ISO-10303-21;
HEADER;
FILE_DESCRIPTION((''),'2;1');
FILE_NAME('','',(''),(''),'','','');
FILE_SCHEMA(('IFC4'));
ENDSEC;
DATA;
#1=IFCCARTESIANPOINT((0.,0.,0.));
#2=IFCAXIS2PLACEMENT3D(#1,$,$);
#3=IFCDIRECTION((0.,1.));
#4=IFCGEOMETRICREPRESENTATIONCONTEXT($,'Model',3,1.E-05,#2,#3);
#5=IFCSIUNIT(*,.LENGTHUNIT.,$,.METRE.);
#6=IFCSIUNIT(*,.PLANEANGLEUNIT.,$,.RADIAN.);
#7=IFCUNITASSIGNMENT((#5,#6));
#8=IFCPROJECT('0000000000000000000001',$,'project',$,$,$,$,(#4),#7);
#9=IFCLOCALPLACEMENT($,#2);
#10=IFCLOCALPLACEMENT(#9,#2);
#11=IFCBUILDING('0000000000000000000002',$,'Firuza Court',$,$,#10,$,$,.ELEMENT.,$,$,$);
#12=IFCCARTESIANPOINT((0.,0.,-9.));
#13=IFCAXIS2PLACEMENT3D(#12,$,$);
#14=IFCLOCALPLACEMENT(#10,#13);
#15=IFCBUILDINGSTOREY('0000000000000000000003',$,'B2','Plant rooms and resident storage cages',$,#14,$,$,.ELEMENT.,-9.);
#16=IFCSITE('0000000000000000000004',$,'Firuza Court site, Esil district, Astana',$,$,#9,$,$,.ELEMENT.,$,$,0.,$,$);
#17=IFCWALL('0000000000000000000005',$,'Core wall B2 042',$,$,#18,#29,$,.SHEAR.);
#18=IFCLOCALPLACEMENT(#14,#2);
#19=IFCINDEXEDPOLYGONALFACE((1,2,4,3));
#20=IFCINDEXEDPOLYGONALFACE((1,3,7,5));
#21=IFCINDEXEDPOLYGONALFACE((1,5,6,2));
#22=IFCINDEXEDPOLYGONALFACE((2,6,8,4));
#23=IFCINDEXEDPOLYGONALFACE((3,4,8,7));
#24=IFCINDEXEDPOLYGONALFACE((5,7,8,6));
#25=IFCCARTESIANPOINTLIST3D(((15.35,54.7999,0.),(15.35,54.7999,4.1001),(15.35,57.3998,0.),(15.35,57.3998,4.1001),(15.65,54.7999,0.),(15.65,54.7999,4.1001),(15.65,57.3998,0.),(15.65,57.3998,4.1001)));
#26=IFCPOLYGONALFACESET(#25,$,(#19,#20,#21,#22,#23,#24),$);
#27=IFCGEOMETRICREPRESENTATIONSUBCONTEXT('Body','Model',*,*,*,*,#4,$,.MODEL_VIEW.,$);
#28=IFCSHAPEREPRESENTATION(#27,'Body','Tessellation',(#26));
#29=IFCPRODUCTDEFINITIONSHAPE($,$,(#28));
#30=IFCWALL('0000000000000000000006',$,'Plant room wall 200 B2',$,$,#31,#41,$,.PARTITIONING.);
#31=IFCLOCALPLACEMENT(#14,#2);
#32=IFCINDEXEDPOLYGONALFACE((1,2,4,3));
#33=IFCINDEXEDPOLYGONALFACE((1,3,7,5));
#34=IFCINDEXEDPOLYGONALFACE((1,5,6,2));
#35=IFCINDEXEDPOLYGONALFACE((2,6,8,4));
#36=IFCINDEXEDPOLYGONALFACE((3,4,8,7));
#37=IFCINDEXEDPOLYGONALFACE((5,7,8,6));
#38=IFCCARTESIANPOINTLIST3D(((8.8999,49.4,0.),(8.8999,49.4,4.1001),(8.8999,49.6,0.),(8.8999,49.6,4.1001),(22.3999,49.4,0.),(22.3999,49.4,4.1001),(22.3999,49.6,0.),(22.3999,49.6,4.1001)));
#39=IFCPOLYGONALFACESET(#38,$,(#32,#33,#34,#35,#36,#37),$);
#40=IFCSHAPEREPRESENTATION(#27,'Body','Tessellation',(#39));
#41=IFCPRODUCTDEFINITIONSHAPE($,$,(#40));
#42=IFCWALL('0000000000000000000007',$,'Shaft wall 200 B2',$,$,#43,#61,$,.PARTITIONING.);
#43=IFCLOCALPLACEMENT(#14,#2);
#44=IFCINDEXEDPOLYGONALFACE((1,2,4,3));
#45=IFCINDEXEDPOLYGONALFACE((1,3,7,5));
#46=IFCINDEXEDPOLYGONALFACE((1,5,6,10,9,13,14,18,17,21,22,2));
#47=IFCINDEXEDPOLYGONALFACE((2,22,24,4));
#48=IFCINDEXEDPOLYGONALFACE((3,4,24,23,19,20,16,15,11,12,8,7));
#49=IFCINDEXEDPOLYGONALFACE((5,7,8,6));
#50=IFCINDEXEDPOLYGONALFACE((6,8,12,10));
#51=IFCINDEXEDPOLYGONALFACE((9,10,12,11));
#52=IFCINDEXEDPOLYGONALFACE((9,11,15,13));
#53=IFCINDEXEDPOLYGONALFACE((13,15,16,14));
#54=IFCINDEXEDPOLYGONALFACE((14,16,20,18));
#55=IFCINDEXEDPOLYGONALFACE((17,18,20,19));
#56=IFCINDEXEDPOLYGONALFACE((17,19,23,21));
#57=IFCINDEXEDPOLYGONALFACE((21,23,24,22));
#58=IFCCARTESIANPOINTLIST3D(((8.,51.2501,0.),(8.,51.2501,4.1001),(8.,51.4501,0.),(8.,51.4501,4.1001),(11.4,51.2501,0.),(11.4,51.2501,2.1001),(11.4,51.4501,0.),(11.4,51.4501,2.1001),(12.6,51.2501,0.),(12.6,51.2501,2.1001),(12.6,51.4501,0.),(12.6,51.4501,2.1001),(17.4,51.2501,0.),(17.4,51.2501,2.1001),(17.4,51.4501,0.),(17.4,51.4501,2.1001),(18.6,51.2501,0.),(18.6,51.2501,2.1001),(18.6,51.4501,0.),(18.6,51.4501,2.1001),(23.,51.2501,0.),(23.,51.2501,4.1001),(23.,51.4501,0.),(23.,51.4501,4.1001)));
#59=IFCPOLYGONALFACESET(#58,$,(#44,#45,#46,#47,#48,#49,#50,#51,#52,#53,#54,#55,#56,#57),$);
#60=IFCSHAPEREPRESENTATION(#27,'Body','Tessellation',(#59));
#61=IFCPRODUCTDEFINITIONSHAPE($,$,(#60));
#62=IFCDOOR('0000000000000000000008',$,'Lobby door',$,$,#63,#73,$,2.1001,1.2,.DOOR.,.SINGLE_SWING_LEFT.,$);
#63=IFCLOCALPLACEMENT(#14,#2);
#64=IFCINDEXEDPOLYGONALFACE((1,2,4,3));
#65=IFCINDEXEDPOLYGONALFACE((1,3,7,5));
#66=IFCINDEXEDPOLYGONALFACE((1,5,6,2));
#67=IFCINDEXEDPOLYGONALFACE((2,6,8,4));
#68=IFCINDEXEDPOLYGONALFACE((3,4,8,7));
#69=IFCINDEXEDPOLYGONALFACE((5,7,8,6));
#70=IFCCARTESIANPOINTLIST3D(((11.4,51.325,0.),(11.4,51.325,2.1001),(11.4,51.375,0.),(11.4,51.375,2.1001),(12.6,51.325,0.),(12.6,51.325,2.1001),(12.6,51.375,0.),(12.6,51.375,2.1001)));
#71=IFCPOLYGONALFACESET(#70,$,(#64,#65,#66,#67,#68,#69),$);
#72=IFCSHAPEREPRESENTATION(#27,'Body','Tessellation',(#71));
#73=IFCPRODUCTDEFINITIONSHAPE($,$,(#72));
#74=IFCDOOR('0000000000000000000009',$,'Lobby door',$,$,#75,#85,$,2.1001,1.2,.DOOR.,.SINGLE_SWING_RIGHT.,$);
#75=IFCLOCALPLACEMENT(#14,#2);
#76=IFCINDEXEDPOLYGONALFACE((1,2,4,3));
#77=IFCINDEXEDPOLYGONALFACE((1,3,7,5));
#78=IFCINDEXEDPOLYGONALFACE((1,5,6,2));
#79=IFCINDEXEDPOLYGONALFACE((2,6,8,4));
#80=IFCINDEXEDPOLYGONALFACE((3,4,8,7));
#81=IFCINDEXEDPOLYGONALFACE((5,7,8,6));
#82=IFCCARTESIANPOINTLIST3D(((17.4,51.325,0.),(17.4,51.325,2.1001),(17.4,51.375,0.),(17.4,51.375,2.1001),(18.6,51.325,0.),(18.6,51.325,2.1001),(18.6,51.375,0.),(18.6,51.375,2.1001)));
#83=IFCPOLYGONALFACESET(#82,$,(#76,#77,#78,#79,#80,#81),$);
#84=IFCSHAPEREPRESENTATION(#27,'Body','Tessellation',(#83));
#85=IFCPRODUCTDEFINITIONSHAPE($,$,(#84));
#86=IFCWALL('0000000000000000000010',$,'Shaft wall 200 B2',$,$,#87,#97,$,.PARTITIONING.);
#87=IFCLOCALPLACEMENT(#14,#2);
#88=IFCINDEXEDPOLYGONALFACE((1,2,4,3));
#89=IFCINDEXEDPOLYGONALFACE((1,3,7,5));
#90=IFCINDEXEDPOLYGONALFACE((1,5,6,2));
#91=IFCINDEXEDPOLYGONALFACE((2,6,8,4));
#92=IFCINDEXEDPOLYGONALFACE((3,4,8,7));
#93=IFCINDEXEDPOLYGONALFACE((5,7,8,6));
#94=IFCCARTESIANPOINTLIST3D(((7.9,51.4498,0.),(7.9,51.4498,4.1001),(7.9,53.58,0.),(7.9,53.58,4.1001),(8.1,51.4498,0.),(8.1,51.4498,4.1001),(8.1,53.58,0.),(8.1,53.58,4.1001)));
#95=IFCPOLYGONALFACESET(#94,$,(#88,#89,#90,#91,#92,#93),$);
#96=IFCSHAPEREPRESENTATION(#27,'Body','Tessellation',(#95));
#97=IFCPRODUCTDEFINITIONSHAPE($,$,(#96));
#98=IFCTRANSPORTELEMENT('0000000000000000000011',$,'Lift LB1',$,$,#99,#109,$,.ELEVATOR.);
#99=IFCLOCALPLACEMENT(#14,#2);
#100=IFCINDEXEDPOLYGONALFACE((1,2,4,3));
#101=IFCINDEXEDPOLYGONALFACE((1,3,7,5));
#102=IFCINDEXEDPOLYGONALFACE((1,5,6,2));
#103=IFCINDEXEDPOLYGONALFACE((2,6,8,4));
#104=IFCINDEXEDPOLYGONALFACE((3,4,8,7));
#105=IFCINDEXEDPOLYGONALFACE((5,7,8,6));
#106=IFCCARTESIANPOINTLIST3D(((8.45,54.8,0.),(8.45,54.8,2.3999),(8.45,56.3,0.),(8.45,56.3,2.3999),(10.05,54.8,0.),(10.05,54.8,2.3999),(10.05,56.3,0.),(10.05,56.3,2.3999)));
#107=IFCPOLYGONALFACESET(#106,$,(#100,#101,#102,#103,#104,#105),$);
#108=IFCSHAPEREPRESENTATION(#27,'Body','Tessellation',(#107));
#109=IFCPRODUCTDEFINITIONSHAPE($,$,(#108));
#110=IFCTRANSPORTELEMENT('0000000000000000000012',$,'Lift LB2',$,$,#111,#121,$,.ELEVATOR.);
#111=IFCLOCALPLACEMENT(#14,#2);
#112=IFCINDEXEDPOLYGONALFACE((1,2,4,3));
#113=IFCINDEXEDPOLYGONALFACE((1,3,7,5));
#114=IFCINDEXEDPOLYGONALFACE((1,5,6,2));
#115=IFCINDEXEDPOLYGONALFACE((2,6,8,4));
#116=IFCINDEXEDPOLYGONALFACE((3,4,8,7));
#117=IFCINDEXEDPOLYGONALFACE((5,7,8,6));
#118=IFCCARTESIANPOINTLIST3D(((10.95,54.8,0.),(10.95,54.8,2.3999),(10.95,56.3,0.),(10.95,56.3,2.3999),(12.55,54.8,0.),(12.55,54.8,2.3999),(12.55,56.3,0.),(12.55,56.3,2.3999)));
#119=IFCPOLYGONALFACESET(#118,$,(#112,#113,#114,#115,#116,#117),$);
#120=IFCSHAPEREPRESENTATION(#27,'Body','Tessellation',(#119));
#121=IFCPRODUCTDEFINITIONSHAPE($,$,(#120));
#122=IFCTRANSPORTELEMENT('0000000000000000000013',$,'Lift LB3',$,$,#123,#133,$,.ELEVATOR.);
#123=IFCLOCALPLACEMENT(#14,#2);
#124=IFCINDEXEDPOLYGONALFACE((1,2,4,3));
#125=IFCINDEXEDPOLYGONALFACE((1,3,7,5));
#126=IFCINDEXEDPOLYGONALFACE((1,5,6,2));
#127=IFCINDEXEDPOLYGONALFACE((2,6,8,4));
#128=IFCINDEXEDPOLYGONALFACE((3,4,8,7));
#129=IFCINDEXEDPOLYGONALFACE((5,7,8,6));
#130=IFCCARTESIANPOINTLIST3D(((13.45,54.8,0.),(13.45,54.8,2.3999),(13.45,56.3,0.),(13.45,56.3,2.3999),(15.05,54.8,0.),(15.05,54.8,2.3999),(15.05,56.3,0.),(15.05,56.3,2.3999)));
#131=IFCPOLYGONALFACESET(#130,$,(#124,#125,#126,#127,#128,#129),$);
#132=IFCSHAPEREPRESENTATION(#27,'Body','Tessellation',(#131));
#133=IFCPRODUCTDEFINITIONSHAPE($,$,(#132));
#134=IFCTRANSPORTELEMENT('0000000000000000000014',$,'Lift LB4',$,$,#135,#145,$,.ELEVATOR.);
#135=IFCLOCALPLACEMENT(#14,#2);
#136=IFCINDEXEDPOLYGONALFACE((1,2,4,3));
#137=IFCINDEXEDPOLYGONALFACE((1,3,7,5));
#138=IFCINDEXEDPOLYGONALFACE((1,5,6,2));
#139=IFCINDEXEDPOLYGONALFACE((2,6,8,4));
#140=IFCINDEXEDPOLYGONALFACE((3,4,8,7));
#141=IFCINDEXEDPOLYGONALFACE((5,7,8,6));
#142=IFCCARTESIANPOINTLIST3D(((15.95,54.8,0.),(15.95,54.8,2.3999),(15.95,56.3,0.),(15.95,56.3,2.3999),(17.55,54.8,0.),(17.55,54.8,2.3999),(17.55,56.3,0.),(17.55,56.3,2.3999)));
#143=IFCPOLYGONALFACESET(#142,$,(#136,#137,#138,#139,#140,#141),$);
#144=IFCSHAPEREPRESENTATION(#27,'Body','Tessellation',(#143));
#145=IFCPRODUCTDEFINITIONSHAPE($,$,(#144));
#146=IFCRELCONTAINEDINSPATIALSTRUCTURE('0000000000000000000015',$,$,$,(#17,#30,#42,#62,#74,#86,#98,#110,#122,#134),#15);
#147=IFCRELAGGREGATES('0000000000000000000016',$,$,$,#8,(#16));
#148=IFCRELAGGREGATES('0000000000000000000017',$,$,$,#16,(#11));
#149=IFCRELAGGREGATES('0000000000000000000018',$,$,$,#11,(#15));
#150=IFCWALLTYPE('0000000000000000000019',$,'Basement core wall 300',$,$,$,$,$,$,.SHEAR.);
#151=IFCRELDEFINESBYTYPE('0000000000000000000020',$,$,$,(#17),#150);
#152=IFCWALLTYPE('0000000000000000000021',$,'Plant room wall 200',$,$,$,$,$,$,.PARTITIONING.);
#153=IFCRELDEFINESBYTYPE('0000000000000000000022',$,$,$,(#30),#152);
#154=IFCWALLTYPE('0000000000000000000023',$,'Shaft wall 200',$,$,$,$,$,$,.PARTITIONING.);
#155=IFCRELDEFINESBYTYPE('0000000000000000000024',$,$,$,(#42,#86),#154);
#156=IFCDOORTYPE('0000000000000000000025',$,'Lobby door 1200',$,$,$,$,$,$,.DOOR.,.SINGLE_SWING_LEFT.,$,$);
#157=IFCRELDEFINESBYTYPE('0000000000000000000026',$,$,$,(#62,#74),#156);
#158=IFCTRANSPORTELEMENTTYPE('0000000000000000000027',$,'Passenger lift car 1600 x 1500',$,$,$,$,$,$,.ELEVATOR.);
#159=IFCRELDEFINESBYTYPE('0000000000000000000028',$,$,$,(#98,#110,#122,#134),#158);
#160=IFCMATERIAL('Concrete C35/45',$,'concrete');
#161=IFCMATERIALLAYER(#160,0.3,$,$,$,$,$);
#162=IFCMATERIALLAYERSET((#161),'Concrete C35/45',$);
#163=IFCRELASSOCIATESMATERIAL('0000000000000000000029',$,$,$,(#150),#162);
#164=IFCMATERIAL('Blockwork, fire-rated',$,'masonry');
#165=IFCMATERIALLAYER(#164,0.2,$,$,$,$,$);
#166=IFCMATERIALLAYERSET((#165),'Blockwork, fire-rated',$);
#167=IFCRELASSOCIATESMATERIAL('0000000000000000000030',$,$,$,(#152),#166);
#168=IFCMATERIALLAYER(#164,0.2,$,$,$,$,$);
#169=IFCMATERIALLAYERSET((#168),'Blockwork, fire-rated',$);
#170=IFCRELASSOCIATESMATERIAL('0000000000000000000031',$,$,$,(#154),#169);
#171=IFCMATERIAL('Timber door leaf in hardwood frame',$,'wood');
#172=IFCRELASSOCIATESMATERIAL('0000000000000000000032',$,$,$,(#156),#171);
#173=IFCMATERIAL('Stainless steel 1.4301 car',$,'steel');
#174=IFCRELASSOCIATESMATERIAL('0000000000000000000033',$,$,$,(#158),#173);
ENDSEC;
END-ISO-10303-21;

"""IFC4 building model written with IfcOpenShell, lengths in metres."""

from ifc_helpers import new_model, si_unit, direction, frame, frame_2d, origin, origin_2d, place, context, subcontext, project, spatial, rectangle, extrude, material, layer, layer_set, type_object, element, fill, save


model = new_model("IFC4")

# Units and contexts
model_context = context("Model", 3, precision=1e-05, world=origin(), true_north=direction((0.0, 1.0)))
body_context = subcontext(model_context, "Body", "Model", "MODEL_VIEW")
ifc_project = project(units=[si_unit("LENGTHUNIT", "METRE"), si_unit("PLANEANGLEUNIT", "RADIAN")], contexts=[model_context])

# Site, building, storey
site_placement = place(None, origin())
site = spatial("IfcSite", under=ifc_project, at=site_placement, Name="Firuza Court site, Esil district, Astana", CompositionType="ELEMENT", RefElevation=0.0)
building_placement = place(site_placement, origin())
building = spatial("IfcBuilding", under=site, at=building_placement, Name="Firuza Court", CompositionType="ELEMENT")
storey_placement = place(building_placement, frame((0.0, 0.0, -9.0)))
storey = spatial("IfcBuildingStorey", under=building, at=storey_placement, Name="B2", Description="Plant rooms and resident storage cages", CompositionType="ELEMENT", Elevation=-9.0)

# Shared definitions
ifc_material_1 = material(Name="Concrete C35/45", Category="concrete")

# Walls
ifc_layer_1 = layer(ifc_material_1, 0.3)
ifc_layer_set_1 = layer_set([ifc_layer_1], Name="Concrete C35/45")
wall_type_1 = type_object("IfcWallType", Name="Basement core wall 300", PredefinedType="SHEAR", material=ifc_layer_set_1)
for number, where, z_axis, x_axis, name in (
    (1, (15.5, 54.8, 0.0), (0.0, 0.0, 1.0), (0.0, 1.0, 0.0), "Core wall B2 042"),
):
    element("IfcWall", number, at=place(storey_placement, frame(where, z_axis=z_axis, x_axis=x_axis)), inside=storey, type_object=wall_type_1, Name=name, PredefinedType="SHEAR", context=body_context, shape_type="SweptSolid", body=[
        extrude(rectangle(XDim=2.5999, YDim=0.3, at=frame_2d((1.2998, 0.0))), origin(), (0.0, 0.0, 1.0), 4.1001),
    ])
ifc_material_2 = material(Name="Blockwork, fire-rated", Category="masonry")
ifc_layer_2 = layer(ifc_material_2, 0.2)
ifc_layer_set_2 = layer_set([ifc_layer_2], Name="Blockwork, fire-rated")
wall_type_2 = type_object("IfcWallType", Name="Plant room wall 200", PredefinedType="PARTITIONING", material=ifc_layer_set_2)
wall_1_placement = place(storey_placement, frame((8.8999, 49.5, 0.0), z_axis=(0.0, 0.0, 1.0), x_axis=(1.0, 0.0, 0.0)))
element("IfcWall", 2, at=wall_1_placement, inside=storey, type_object=wall_type_2, Name="Plant room wall 200 B2", PredefinedType="PARTITIONING", context=body_context, shape_type="SweptSolid", body=[
    extrude(rectangle(XDim=13.5, YDim=0.2, at=frame_2d((6.75, 0.0))), origin(), (0.0, 0.0, 1.0), 4.1001),
])

# Wall, openings, doors
ifc_layer_3 = layer(ifc_material_2, 0.2)
ifc_layer_set_3 = layer_set([ifc_layer_3], Name="Blockwork, fire-rated")
wall_type_3 = type_object("IfcWallType", Name="Shaft wall 200", PredefinedType="PARTITIONING", material=ifc_layer_set_3)
wall_2_placement = place(storey_placement, frame((8.0, 51.3501, 0.0), z_axis=(0.0, 0.0, 1.0), x_axis=(1.0, 0.0, 0.0)))
wall_2 = element("IfcWall", 3, at=wall_2_placement, inside=storey, type_object=wall_type_3, Name="Shaft wall 200 B2", PredefinedType="PARTITIONING", context=body_context, shape_type="SweptSolid", body=[
    extrude(rectangle(XDim=15.0, YDim=0.2, at=frame_2d((7.5, 0.0))), origin(), (0.0, 0.0, 1.0), 4.1001),
])
opening_1_placement = place(wall_2_placement, frame((3.3999, 0.0, 0.0)))
opening_1 = element("IfcOpeningElement", 4, at=opening_1_placement, cuts=wall_2, PredefinedType="OPENING", context=body_context, shape_type="SweptSolid", body=[
    extrude(rectangle(XDim=1.2, YDim=2.1001, at=frame_2d((0.6001, 1.05))), frame((0.0, 0.1118, 0.0), z_axis=(0.0, -1.0, 0.0), x_axis=(1.0, 0.0, 0.0)), (0.0, 0.0, 1.0), 0.2239),
])
opening_2_placement = place(wall_2_placement, frame((9.3999, 0.0, 0.0)))
opening_2 = element("IfcOpeningElement", 5, at=opening_2_placement, cuts=wall_2, PredefinedType="OPENING", context=body_context, shape_type="SweptSolid", body=[
    extrude(rectangle(XDim=1.2, YDim=2.1001, at=frame_2d((0.6001, 1.05))), frame((0.0, 0.1118, 0.0), z_axis=(0.0, -1.0, 0.0), x_axis=(1.0, 0.0, 0.0)), (0.0, 0.0, 1.0), 0.2239),
])
ifc_material_3 = material(Name="Timber door leaf in hardwood frame", Category="wood")
door_type_1 = type_object("IfcDoorType", Name="Lobby door 1200", OperationType="SINGLE_SWING_LEFT", PredefinedType="DOOR", material=ifc_material_3)
door_1_placement = place(opening_1_placement, origin())
door_1 = element("IfcDoor", 6, at=door_1_placement, inside=storey, type_object=door_type_1, Name="Lobby door", OperationType="SINGLE_SWING_LEFT", OverallHeight=2.1001, OverallWidth=1.2, PredefinedType="DOOR", context=body_context, shape_type="SweptSolid", body=[
    extrude(rectangle(XDim=1.2, YDim=2.1001, at=frame_2d((0.6001, 1.05))), frame((0.0, 0.0249, 0.0), z_axis=(0.0, -1.0, 0.0), x_axis=(1.0, 0.0, 0.0)), (0.0, 0.0, 1.0), 0.05),
])
fill(opening_1, door_1)
door_2_placement = place(opening_2_placement, origin())
door_2 = element("IfcDoor", 7, at=door_2_placement, inside=storey, type_object=door_type_1, Name="Lobby door", OperationType="SINGLE_SWING_RIGHT", OverallHeight=2.1001, OverallWidth=1.2, PredefinedType="DOOR", context=body_context, shape_type="SweptSolid", body=[
    extrude(rectangle(XDim=1.2, YDim=2.1001, at=frame_2d((0.6001, 1.05))), frame((0.0, 0.0249, 0.0), z_axis=(0.0, -1.0, 0.0), x_axis=(1.0, 0.0, 0.0)), (0.0, 0.0, 1.0), 0.05),
])
fill(opening_2, door_2)

# Wall
wall_3_placement = place(storey_placement, frame((8.0, 51.45, 0.0), z_axis=(0.0, 0.0, 1.0), x_axis=(0.0, 1.0, 0.0)))
element("IfcWall", 8, at=wall_3_placement, inside=storey, type_object=wall_type_3, Name="Shaft wall 200 B2", PredefinedType="PARTITIONING", context=body_context, shape_type="SweptSolid", body=[
    extrude(rectangle(XDim=2.1301, YDim=0.2, at=frame_2d((1.0649, 0.0))), origin(), (0.0, 0.0, 1.0), 4.1001),
])

# Transport elements
ifc_material_4 = material(Name="Stainless steel 1.4301 car", Category="steel")
transport_element_type = type_object("IfcTransportElementType", Name="Passenger lift car 1600 x 1500", PredefinedType="ELEVATOR", material=ifc_material_4)
for number, where, z_axis, x_axis, name in (
    (9, (9.25, 55.55, 0.0), (0.0, 0.0, 1.0), (1.0, 0.0, 0.0), "Lift LB1"),
    (10, (11.75, 55.55, 0.0), (0.0, 0.0, 1.0), (1.0, 0.0, 0.0), "Lift LB2"),
    (11, (14.25, 55.55, 0.0), (0.0, 0.0, 1.0), (1.0, 0.0, 0.0), "Lift LB3"),
    (12, (16.75, 55.55, 0.0), (0.0, 0.0, 1.0), (1.0, 0.0, 0.0), "Lift LB4"),
):
    element("IfcTransportElement", number, at=place(storey_placement, frame(where, z_axis=z_axis, x_axis=x_axis)), inside=storey, type_object=transport_element_type, Name=name, PredefinedType="ELEVATOR", context=body_context, shape_type="SweptSolid", body=[
        extrude(rectangle(XDim=1.6001, YDim=1.5, at=origin_2d()), origin(), (0.0, 0.0, 1.0), 2.3999),
    ])

save(model, "model.ifc")
